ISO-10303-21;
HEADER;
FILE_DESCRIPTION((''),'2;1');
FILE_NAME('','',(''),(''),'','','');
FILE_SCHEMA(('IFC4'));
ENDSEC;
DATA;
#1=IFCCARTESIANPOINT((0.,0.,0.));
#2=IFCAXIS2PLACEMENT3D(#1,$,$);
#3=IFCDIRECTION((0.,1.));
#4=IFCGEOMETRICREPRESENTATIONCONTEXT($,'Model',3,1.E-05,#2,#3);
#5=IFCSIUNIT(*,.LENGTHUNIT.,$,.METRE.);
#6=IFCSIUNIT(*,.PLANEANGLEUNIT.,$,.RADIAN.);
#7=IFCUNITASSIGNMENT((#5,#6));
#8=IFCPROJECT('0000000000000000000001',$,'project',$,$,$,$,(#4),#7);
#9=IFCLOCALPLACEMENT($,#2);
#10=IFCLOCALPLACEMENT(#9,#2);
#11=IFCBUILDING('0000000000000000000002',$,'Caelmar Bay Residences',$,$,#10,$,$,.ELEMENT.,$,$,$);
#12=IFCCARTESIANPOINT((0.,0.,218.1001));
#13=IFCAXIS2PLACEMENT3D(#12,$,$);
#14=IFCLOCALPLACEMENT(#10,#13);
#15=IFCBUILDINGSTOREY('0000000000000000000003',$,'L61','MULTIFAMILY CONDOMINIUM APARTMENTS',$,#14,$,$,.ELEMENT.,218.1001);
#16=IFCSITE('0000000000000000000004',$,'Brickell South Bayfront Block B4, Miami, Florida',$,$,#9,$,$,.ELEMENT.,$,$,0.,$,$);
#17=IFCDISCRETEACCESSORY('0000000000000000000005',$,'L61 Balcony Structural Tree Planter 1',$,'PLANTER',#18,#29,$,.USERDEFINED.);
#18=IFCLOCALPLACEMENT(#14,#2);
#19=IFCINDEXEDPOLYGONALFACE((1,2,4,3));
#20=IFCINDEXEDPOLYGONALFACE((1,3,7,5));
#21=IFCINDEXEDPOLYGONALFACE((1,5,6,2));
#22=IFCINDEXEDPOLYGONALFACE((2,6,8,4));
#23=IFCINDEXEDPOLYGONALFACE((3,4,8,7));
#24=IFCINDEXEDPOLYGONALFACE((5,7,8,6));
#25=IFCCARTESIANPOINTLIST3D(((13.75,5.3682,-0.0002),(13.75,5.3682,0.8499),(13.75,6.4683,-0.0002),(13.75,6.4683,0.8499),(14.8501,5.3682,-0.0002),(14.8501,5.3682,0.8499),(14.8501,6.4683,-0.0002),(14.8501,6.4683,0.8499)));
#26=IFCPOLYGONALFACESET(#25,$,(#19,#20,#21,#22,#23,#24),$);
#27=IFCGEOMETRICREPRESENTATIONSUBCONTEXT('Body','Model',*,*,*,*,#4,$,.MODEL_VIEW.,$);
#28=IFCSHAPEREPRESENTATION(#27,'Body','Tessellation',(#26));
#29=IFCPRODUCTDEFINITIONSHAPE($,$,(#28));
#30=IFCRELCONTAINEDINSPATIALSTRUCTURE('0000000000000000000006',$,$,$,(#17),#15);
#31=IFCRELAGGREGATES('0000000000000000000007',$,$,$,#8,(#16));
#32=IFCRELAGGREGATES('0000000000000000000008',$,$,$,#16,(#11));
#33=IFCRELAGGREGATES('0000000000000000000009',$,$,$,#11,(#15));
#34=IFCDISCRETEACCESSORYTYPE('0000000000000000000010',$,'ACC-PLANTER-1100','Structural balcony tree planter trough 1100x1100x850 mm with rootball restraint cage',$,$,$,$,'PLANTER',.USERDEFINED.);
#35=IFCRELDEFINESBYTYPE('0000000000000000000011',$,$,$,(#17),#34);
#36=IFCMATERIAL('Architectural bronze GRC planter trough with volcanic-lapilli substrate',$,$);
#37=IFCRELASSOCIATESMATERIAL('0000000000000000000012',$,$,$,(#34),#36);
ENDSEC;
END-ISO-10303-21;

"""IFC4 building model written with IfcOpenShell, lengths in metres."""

from ifc_helpers import new_model, si_unit, direction, frame, origin, origin_2d, place, context, subcontext, project, spatial, rectangle, extrude, material, type_object, element, save


model = new_model("IFC4")

# Units and contexts
model_context = context("Model", 3, precision=1e-05, world=origin(), true_north=direction((0.0, 1.0)))
body_context = subcontext(model_context, "Body", "Model", "MODEL_VIEW")
ifc_project = project(units=[si_unit("LENGTHUNIT", "METRE"), si_unit("PLANEANGLEUNIT", "RADIAN")], contexts=[model_context])

# Site, building, storey
site_placement = place(None, origin())
site = spatial("IfcSite", under=ifc_project, at=site_placement, Name="Brickell South Bayfront Block B4, Miami, Florida", CompositionType="ELEMENT", RefElevation=0.0)
building_placement = place(site_placement, origin())
building = spatial("IfcBuilding", under=site, at=building_placement, Name="Caelmar Bay Residences", CompositionType="ELEMENT")
storey_placement = place(building_placement, frame((0.0, 0.0, 218.1001)))
storey = spatial("IfcBuildingStorey", under=building, at=storey_placement, Name="L61", Description="MULTIFAMILY CONDOMINIUM APARTMENTS", CompositionType="ELEMENT", Elevation=218.1001)

# Discrete accessory
ifc_material_1 = material(Name="Architectural bronze GRC planter trough with volcanic-lapilli substrate")
discrete_accessory_type = type_object("IfcDiscreteAccessoryType", Name="ACC-PLANTER-1100", Description="Structural balcony tree planter trough 1100x1100x850 mm with rootball restraint cage", ElementType="PLANTER", PredefinedType="USERDEFINED", material=ifc_material_1)
discrete_accessory_placement = place(storey_placement, frame((14.3, 5.9182, -0.0002), z_axis=(0.0, 0.0, 1.0), x_axis=(1.0, 0.0, 0.0)))
element("IfcDiscreteAccessory", 1, at=discrete_accessory_placement, inside=storey, type_object=discrete_accessory_type, Name="L61 Balcony Structural Tree Planter 1", ObjectType="PLANTER", PredefinedType="USERDEFINED", context=body_context, shape_type="SweptSolid", body=[
    extrude(rectangle(XDim=1.1001, YDim=1.1001, at=origin_2d()), origin(), (0.0, 0.0, 1.0), 0.8501),
])

save(model, "model.ifc")
